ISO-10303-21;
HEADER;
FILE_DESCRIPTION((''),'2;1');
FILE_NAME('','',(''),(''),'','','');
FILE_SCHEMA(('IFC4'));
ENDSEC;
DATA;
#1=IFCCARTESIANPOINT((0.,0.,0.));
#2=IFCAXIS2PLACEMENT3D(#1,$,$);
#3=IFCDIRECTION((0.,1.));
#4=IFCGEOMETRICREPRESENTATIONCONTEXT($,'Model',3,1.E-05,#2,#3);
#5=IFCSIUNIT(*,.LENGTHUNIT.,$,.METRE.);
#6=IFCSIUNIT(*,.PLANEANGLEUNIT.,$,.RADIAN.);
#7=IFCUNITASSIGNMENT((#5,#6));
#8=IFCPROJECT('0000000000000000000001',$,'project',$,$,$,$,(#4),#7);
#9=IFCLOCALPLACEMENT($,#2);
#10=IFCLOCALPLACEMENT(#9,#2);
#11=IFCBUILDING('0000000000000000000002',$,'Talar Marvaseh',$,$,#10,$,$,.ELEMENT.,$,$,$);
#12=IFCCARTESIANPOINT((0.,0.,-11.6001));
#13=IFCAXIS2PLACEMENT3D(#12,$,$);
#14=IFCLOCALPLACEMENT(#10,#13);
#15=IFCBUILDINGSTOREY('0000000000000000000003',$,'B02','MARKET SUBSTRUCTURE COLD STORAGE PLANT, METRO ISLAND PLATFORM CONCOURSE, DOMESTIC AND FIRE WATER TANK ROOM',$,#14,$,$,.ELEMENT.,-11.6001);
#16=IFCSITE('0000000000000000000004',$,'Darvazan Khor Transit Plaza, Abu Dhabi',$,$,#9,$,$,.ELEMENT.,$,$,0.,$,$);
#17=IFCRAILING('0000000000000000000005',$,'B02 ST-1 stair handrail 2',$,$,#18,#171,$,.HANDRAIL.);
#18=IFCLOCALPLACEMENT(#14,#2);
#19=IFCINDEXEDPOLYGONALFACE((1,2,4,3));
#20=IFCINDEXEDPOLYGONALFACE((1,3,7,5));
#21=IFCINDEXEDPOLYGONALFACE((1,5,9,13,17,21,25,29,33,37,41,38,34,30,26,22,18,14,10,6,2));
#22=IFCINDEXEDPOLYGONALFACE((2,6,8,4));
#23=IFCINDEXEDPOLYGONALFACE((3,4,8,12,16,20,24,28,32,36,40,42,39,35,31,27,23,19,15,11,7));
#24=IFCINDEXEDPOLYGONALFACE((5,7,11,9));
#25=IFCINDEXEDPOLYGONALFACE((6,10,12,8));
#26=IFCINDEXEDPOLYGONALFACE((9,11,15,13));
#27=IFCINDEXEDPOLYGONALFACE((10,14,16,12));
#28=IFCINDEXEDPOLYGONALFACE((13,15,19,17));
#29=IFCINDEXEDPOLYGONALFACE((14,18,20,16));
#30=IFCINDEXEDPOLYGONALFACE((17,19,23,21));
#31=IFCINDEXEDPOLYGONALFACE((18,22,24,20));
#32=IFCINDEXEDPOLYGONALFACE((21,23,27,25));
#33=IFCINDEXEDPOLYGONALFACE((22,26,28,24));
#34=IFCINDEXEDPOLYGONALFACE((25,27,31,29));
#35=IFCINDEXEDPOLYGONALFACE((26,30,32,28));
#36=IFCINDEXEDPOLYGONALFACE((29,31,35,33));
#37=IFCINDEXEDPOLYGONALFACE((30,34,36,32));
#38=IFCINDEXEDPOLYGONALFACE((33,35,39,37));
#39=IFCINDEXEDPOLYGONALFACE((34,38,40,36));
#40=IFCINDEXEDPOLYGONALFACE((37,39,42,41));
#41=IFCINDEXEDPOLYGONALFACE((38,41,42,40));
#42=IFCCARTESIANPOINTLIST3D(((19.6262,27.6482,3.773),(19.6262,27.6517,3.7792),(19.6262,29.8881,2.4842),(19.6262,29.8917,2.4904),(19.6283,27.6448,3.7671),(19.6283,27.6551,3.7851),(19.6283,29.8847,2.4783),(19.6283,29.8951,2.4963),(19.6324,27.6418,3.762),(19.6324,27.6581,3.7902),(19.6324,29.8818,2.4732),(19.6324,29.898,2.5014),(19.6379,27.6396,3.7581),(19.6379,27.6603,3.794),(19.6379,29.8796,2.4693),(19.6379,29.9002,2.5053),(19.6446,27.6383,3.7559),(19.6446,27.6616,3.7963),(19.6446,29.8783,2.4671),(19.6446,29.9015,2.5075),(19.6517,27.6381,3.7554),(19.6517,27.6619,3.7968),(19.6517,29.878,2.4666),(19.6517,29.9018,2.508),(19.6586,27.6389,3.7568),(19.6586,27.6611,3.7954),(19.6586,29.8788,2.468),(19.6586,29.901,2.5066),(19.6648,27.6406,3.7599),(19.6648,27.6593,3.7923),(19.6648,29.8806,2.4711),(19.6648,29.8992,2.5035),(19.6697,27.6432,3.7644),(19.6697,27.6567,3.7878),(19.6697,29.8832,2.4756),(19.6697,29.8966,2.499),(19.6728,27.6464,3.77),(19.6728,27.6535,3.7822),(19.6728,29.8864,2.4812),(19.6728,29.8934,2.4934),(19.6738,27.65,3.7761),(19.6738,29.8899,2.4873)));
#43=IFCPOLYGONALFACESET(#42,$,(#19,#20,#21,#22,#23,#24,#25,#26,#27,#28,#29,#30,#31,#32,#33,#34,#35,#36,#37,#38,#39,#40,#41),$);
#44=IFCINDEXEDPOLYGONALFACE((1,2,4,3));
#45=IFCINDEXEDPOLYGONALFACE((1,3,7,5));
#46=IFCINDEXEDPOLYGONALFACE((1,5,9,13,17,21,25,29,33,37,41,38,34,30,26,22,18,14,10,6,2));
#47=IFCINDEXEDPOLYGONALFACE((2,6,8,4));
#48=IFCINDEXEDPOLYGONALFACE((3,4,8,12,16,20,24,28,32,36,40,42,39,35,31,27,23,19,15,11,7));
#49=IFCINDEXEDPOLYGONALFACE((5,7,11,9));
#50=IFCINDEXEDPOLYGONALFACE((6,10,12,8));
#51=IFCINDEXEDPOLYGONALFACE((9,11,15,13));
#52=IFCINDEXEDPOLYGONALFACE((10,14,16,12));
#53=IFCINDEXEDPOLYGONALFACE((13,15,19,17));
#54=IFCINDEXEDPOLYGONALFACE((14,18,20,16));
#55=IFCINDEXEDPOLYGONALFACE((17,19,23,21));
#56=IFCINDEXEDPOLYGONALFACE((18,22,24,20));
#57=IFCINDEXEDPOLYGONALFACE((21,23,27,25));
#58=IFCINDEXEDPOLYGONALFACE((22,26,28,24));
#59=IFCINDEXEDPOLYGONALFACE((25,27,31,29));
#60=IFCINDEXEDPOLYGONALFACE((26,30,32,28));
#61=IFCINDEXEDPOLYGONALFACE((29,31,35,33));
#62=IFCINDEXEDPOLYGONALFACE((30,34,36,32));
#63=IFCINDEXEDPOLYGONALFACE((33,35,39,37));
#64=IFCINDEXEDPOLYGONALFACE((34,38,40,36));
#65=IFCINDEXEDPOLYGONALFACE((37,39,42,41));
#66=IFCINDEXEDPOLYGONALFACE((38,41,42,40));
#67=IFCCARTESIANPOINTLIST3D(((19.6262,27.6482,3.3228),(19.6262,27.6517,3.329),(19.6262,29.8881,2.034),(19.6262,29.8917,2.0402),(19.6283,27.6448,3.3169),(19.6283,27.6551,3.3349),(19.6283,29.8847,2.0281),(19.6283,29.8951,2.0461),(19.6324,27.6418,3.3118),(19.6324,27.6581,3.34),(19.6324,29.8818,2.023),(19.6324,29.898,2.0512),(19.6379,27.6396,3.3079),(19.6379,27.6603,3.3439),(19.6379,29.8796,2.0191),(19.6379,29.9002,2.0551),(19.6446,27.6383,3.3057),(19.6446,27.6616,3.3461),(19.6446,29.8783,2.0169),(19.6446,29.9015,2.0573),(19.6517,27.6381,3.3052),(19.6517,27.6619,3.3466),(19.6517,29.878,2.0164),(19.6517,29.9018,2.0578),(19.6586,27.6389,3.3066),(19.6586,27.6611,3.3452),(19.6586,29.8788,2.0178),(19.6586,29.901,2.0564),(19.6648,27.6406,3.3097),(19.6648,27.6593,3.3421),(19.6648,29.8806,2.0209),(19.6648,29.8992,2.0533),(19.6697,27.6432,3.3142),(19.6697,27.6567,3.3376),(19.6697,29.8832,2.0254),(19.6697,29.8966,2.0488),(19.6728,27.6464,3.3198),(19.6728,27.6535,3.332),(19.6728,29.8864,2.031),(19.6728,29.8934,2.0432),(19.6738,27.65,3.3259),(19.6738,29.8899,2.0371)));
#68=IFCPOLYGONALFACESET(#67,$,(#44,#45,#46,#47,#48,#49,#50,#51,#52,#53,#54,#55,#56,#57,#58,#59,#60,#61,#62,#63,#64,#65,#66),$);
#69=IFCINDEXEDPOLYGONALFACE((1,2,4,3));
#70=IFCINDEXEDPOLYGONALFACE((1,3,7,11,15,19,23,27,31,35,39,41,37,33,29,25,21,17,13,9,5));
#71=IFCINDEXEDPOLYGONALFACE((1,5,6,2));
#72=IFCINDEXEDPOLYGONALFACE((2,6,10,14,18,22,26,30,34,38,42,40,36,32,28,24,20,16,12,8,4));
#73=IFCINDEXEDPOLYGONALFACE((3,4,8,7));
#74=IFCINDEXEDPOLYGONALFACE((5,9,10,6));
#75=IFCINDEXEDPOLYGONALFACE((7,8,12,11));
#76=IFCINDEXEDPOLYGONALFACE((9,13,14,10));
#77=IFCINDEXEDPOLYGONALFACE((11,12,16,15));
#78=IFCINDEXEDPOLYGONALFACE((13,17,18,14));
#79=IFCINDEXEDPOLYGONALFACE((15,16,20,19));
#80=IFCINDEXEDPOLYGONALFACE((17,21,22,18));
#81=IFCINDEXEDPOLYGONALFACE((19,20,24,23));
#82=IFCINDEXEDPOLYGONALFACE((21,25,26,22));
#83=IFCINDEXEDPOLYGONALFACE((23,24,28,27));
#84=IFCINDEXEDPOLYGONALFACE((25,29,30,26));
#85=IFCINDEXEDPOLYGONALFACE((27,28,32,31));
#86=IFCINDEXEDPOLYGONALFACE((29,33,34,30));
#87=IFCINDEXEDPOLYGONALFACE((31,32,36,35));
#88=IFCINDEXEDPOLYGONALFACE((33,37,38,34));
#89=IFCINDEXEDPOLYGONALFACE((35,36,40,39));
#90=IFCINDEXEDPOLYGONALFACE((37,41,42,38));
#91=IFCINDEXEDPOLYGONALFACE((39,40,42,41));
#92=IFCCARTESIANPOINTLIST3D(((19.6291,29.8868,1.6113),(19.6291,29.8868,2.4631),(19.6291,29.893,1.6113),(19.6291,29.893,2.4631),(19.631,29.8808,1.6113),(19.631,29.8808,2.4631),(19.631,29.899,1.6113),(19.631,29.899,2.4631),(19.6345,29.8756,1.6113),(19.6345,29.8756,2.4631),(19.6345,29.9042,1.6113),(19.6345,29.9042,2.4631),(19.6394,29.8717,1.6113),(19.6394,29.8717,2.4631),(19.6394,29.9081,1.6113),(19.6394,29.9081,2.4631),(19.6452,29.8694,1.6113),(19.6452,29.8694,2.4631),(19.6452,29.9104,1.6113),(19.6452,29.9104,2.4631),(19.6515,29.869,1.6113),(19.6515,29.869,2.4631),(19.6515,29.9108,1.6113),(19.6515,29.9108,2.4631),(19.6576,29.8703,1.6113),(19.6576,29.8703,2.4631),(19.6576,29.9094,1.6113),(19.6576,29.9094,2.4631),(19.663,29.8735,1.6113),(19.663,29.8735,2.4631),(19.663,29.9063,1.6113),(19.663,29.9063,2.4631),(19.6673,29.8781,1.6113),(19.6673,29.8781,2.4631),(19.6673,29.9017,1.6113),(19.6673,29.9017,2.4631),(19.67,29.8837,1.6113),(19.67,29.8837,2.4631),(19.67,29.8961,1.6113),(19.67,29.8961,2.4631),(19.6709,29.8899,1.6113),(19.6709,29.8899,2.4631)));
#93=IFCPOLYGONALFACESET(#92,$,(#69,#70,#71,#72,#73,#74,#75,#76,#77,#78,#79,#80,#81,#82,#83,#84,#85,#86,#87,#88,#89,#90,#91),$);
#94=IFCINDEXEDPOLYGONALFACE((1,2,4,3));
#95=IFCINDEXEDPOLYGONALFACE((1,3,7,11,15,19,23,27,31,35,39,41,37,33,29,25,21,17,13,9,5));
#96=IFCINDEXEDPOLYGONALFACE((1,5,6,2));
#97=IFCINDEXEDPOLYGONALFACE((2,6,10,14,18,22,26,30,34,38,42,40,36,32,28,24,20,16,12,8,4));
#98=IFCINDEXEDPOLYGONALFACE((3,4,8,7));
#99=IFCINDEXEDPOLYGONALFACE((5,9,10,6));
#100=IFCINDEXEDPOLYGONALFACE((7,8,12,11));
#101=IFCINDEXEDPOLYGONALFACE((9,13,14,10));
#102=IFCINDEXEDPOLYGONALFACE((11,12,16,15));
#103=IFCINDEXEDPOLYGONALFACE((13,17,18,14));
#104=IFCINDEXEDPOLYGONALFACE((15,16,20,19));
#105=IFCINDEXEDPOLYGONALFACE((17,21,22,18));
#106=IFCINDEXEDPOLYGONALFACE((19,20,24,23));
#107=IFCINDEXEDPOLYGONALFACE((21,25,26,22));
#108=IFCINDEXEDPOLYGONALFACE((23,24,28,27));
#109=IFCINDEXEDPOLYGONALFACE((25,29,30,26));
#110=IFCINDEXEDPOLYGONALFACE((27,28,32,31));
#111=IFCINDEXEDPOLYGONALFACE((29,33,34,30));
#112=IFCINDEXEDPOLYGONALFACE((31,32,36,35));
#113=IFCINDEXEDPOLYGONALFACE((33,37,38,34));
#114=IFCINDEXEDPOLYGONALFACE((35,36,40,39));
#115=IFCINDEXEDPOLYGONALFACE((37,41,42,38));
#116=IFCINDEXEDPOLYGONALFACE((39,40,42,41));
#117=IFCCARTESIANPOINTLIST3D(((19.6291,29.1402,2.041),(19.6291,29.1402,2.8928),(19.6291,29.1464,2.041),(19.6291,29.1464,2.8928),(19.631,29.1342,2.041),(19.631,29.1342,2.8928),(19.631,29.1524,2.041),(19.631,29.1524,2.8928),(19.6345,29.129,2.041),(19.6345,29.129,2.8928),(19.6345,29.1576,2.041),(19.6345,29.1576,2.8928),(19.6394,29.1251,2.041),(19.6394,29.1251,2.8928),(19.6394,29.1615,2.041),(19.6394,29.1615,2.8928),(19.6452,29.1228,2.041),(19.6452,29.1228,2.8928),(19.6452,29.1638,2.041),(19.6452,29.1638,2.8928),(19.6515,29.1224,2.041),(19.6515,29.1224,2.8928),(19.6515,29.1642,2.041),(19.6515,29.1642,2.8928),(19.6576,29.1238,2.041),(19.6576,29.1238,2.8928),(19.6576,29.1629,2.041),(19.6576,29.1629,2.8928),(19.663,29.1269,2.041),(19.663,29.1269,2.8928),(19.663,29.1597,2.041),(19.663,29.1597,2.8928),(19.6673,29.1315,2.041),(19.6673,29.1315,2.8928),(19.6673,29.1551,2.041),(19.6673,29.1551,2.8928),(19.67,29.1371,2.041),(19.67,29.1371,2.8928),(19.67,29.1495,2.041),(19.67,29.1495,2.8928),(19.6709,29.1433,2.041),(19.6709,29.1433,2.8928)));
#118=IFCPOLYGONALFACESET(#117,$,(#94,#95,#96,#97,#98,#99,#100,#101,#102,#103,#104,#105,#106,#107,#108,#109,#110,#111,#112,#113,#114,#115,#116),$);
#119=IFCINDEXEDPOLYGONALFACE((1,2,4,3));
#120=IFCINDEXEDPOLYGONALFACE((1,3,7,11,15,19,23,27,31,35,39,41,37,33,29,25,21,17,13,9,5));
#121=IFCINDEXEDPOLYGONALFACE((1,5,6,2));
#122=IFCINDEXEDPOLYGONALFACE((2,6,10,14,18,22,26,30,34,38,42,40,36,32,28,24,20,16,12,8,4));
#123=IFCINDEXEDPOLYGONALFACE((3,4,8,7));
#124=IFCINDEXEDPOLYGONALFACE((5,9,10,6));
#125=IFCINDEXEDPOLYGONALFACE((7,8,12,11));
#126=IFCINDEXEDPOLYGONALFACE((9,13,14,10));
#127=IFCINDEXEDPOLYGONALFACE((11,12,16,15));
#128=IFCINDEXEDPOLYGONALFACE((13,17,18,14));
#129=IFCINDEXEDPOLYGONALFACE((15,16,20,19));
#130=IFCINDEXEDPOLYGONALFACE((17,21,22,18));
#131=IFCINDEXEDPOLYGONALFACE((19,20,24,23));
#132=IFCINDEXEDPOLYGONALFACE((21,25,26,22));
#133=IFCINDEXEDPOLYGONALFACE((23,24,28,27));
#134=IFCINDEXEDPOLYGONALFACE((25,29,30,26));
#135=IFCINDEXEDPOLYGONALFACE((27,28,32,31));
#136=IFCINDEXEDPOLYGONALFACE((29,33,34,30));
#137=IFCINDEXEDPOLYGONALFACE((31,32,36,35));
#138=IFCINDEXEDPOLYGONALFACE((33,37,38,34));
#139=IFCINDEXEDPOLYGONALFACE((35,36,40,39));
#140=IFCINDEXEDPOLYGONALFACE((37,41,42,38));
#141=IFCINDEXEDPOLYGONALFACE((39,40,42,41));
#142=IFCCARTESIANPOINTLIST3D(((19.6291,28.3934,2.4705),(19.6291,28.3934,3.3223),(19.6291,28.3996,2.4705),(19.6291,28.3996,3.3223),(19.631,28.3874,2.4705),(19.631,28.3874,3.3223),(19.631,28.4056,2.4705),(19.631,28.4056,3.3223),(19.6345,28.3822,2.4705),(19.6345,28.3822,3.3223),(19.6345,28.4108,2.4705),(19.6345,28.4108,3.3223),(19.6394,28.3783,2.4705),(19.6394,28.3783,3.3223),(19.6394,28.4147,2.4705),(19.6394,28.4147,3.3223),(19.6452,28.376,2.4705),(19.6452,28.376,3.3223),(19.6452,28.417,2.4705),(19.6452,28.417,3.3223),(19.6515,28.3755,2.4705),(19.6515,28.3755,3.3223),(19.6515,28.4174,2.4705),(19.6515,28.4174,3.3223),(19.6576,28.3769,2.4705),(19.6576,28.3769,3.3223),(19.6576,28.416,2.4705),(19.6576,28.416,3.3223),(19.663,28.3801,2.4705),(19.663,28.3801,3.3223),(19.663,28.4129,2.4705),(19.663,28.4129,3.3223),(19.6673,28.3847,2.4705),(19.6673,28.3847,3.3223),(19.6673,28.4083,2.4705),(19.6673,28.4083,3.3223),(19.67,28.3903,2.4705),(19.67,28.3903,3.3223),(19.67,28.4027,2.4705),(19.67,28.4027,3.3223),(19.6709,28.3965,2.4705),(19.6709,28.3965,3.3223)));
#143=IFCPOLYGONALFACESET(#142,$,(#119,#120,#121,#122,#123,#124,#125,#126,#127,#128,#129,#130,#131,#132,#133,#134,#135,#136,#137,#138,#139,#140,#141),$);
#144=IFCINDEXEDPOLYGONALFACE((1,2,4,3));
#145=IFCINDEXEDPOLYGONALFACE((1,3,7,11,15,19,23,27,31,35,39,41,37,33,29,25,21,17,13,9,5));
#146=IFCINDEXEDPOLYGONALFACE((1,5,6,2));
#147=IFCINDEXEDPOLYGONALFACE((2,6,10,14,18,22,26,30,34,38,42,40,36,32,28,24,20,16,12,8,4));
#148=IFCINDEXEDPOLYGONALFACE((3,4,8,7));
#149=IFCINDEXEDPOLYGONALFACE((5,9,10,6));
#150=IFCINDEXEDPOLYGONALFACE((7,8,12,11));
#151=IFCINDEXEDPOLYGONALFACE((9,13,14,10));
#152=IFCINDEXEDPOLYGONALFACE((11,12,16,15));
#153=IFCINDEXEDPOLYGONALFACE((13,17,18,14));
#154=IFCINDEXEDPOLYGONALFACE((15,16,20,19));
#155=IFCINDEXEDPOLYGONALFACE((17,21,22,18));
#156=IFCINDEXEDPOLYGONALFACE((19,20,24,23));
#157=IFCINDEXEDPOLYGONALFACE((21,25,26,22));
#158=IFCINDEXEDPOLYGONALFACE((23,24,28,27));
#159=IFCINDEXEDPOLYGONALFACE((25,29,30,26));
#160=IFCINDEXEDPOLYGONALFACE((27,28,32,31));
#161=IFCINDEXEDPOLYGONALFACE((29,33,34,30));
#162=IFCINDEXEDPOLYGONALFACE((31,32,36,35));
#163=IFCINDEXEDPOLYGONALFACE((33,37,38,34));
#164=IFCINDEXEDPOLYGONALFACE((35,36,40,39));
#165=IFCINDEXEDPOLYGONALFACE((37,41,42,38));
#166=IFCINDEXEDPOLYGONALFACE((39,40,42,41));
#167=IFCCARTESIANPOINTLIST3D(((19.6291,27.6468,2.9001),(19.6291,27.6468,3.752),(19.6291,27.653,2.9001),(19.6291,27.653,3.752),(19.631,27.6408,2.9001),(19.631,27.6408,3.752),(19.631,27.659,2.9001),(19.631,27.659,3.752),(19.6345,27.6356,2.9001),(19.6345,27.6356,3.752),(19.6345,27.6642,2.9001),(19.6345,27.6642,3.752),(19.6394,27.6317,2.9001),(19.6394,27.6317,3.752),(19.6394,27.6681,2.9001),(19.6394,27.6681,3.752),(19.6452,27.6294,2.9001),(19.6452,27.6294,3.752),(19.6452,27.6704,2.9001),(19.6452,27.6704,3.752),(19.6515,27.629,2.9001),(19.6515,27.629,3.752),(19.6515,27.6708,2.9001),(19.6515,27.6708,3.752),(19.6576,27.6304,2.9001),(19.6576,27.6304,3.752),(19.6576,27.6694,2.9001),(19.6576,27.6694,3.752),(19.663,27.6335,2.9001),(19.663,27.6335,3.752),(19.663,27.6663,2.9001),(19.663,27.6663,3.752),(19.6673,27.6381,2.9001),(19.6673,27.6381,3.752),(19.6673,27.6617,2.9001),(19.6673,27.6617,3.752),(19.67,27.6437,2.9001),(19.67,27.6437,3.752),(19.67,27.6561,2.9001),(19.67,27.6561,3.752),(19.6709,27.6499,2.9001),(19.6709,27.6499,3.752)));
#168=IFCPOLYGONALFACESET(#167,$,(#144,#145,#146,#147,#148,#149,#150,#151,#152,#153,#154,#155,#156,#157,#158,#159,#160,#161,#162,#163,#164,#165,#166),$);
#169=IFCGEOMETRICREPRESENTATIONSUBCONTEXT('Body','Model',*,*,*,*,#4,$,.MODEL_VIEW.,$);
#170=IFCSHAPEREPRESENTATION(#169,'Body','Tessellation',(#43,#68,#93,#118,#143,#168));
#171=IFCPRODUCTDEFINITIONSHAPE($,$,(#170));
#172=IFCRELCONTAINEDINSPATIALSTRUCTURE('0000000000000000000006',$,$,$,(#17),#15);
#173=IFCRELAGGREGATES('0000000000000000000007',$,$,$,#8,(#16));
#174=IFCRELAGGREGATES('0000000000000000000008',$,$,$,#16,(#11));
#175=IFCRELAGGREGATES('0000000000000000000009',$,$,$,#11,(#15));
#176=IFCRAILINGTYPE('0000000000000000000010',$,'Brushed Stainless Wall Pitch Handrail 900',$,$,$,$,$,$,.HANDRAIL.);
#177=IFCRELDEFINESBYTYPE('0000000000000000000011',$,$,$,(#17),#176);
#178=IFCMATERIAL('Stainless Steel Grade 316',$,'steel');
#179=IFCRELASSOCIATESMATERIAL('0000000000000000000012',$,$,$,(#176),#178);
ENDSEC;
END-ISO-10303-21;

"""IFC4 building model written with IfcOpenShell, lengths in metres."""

from ifc_helpers import new_model, si_unit, direction, frame, origin, origin_2d, place, context, subcontext, project, spatial, circle, extrude, material, type_object, element, save


model = new_model("IFC4")

# Units and contexts
model_context = context("Model", 3, precision=1e-05, world=origin(), true_north=direction((0.0, 1.0)))
body_context = subcontext(model_context, "Body", "Model", "MODEL_VIEW")
ifc_project = project(units=[si_unit("LENGTHUNIT", "METRE"), si_unit("PLANEANGLEUNIT", "RADIAN")], contexts=[model_context])

# Site, building, storey
site_placement = place(None, origin())
site = spatial("IfcSite", under=ifc_project, at=site_placement, Name="Darvazan Khor Transit Plaza, Abu Dhabi", CompositionType="ELEMENT", RefElevation=0.0)
building_placement = place(site_placement, origin())
building = spatial("IfcBuilding", under=site, at=building_placement, Name="Talar Marvaseh", CompositionType="ELEMENT")
storey_placement = place(building_placement, frame((0.0, 0.0, -11.6001)))
storey = spatial("IfcBuildingStorey", under=building, at=storey_placement, Name="B02", Description="MARKET SUBSTRUCTURE COLD STORAGE PLANT, METRO ISLAND PLATFORM CONCOURSE, DOMESTIC AND FIRE WATER TANK ROOM", CompositionType="ELEMENT", Elevation=-11.6001)

# Railing
ifc_material_1 = material(Name="Stainless Steel Grade 316", Category="steel")
railing_type_1 = type_object("IfcRailingType", Name="Brushed Stainless Wall Pitch Handrail 900", PredefinedType="HANDRAIL", material=ifc_material_1)
for number, where, name in (
    (1, (19.6499, 29.8899, 1.6113), "B02 ST-1 stair handrail 2"),
):
    element("IfcRailing", number, at=place(storey_placement, frame(where)), inside=storey, type_object=railing_type_1, Name=name, PredefinedType="HANDRAIL", context=body_context, shape_type="SweptSolid", body=[
        extrude(circle(Radius=0.0239, at=origin_2d()), frame((0.0, 0.0, 0.876), z_axis=(0.0, -0.866768, 0.498711), x_axis=(1.0, 0.0, 0.0)), (0.0, 0.0, 1.0), 2.5842),
        extrude(circle(Radius=0.0239, at=origin_2d()), frame((0.0, 0.0, 0.4258), z_axis=(0.0, -0.866768, 0.498711), x_axis=(1.0, 0.0, 0.0)), (0.0, 0.0, 1.0), 2.5842),
        extrude(circle(Radius=0.021, at=origin_2d()), origin(), (0.0, 0.0, 1.0), 0.8518),
        extrude(circle(Radius=0.021, at=origin_2d()), frame((0.0, -0.7466, 0.4297)), (0.0, 0.0, 1.0), 0.8518),
        extrude(circle(Radius=0.021, at=origin_2d()), frame((0.0, -1.4934, 0.8591)), (0.0, 0.0, 1.0), 0.8518),
        extrude(circle(Radius=0.021, at=origin_2d()), frame((0.0, -2.24, 1.2888)), (0.0, 0.0, 1.0), 0.8518),
    ])

save(model, "model.ifc")
